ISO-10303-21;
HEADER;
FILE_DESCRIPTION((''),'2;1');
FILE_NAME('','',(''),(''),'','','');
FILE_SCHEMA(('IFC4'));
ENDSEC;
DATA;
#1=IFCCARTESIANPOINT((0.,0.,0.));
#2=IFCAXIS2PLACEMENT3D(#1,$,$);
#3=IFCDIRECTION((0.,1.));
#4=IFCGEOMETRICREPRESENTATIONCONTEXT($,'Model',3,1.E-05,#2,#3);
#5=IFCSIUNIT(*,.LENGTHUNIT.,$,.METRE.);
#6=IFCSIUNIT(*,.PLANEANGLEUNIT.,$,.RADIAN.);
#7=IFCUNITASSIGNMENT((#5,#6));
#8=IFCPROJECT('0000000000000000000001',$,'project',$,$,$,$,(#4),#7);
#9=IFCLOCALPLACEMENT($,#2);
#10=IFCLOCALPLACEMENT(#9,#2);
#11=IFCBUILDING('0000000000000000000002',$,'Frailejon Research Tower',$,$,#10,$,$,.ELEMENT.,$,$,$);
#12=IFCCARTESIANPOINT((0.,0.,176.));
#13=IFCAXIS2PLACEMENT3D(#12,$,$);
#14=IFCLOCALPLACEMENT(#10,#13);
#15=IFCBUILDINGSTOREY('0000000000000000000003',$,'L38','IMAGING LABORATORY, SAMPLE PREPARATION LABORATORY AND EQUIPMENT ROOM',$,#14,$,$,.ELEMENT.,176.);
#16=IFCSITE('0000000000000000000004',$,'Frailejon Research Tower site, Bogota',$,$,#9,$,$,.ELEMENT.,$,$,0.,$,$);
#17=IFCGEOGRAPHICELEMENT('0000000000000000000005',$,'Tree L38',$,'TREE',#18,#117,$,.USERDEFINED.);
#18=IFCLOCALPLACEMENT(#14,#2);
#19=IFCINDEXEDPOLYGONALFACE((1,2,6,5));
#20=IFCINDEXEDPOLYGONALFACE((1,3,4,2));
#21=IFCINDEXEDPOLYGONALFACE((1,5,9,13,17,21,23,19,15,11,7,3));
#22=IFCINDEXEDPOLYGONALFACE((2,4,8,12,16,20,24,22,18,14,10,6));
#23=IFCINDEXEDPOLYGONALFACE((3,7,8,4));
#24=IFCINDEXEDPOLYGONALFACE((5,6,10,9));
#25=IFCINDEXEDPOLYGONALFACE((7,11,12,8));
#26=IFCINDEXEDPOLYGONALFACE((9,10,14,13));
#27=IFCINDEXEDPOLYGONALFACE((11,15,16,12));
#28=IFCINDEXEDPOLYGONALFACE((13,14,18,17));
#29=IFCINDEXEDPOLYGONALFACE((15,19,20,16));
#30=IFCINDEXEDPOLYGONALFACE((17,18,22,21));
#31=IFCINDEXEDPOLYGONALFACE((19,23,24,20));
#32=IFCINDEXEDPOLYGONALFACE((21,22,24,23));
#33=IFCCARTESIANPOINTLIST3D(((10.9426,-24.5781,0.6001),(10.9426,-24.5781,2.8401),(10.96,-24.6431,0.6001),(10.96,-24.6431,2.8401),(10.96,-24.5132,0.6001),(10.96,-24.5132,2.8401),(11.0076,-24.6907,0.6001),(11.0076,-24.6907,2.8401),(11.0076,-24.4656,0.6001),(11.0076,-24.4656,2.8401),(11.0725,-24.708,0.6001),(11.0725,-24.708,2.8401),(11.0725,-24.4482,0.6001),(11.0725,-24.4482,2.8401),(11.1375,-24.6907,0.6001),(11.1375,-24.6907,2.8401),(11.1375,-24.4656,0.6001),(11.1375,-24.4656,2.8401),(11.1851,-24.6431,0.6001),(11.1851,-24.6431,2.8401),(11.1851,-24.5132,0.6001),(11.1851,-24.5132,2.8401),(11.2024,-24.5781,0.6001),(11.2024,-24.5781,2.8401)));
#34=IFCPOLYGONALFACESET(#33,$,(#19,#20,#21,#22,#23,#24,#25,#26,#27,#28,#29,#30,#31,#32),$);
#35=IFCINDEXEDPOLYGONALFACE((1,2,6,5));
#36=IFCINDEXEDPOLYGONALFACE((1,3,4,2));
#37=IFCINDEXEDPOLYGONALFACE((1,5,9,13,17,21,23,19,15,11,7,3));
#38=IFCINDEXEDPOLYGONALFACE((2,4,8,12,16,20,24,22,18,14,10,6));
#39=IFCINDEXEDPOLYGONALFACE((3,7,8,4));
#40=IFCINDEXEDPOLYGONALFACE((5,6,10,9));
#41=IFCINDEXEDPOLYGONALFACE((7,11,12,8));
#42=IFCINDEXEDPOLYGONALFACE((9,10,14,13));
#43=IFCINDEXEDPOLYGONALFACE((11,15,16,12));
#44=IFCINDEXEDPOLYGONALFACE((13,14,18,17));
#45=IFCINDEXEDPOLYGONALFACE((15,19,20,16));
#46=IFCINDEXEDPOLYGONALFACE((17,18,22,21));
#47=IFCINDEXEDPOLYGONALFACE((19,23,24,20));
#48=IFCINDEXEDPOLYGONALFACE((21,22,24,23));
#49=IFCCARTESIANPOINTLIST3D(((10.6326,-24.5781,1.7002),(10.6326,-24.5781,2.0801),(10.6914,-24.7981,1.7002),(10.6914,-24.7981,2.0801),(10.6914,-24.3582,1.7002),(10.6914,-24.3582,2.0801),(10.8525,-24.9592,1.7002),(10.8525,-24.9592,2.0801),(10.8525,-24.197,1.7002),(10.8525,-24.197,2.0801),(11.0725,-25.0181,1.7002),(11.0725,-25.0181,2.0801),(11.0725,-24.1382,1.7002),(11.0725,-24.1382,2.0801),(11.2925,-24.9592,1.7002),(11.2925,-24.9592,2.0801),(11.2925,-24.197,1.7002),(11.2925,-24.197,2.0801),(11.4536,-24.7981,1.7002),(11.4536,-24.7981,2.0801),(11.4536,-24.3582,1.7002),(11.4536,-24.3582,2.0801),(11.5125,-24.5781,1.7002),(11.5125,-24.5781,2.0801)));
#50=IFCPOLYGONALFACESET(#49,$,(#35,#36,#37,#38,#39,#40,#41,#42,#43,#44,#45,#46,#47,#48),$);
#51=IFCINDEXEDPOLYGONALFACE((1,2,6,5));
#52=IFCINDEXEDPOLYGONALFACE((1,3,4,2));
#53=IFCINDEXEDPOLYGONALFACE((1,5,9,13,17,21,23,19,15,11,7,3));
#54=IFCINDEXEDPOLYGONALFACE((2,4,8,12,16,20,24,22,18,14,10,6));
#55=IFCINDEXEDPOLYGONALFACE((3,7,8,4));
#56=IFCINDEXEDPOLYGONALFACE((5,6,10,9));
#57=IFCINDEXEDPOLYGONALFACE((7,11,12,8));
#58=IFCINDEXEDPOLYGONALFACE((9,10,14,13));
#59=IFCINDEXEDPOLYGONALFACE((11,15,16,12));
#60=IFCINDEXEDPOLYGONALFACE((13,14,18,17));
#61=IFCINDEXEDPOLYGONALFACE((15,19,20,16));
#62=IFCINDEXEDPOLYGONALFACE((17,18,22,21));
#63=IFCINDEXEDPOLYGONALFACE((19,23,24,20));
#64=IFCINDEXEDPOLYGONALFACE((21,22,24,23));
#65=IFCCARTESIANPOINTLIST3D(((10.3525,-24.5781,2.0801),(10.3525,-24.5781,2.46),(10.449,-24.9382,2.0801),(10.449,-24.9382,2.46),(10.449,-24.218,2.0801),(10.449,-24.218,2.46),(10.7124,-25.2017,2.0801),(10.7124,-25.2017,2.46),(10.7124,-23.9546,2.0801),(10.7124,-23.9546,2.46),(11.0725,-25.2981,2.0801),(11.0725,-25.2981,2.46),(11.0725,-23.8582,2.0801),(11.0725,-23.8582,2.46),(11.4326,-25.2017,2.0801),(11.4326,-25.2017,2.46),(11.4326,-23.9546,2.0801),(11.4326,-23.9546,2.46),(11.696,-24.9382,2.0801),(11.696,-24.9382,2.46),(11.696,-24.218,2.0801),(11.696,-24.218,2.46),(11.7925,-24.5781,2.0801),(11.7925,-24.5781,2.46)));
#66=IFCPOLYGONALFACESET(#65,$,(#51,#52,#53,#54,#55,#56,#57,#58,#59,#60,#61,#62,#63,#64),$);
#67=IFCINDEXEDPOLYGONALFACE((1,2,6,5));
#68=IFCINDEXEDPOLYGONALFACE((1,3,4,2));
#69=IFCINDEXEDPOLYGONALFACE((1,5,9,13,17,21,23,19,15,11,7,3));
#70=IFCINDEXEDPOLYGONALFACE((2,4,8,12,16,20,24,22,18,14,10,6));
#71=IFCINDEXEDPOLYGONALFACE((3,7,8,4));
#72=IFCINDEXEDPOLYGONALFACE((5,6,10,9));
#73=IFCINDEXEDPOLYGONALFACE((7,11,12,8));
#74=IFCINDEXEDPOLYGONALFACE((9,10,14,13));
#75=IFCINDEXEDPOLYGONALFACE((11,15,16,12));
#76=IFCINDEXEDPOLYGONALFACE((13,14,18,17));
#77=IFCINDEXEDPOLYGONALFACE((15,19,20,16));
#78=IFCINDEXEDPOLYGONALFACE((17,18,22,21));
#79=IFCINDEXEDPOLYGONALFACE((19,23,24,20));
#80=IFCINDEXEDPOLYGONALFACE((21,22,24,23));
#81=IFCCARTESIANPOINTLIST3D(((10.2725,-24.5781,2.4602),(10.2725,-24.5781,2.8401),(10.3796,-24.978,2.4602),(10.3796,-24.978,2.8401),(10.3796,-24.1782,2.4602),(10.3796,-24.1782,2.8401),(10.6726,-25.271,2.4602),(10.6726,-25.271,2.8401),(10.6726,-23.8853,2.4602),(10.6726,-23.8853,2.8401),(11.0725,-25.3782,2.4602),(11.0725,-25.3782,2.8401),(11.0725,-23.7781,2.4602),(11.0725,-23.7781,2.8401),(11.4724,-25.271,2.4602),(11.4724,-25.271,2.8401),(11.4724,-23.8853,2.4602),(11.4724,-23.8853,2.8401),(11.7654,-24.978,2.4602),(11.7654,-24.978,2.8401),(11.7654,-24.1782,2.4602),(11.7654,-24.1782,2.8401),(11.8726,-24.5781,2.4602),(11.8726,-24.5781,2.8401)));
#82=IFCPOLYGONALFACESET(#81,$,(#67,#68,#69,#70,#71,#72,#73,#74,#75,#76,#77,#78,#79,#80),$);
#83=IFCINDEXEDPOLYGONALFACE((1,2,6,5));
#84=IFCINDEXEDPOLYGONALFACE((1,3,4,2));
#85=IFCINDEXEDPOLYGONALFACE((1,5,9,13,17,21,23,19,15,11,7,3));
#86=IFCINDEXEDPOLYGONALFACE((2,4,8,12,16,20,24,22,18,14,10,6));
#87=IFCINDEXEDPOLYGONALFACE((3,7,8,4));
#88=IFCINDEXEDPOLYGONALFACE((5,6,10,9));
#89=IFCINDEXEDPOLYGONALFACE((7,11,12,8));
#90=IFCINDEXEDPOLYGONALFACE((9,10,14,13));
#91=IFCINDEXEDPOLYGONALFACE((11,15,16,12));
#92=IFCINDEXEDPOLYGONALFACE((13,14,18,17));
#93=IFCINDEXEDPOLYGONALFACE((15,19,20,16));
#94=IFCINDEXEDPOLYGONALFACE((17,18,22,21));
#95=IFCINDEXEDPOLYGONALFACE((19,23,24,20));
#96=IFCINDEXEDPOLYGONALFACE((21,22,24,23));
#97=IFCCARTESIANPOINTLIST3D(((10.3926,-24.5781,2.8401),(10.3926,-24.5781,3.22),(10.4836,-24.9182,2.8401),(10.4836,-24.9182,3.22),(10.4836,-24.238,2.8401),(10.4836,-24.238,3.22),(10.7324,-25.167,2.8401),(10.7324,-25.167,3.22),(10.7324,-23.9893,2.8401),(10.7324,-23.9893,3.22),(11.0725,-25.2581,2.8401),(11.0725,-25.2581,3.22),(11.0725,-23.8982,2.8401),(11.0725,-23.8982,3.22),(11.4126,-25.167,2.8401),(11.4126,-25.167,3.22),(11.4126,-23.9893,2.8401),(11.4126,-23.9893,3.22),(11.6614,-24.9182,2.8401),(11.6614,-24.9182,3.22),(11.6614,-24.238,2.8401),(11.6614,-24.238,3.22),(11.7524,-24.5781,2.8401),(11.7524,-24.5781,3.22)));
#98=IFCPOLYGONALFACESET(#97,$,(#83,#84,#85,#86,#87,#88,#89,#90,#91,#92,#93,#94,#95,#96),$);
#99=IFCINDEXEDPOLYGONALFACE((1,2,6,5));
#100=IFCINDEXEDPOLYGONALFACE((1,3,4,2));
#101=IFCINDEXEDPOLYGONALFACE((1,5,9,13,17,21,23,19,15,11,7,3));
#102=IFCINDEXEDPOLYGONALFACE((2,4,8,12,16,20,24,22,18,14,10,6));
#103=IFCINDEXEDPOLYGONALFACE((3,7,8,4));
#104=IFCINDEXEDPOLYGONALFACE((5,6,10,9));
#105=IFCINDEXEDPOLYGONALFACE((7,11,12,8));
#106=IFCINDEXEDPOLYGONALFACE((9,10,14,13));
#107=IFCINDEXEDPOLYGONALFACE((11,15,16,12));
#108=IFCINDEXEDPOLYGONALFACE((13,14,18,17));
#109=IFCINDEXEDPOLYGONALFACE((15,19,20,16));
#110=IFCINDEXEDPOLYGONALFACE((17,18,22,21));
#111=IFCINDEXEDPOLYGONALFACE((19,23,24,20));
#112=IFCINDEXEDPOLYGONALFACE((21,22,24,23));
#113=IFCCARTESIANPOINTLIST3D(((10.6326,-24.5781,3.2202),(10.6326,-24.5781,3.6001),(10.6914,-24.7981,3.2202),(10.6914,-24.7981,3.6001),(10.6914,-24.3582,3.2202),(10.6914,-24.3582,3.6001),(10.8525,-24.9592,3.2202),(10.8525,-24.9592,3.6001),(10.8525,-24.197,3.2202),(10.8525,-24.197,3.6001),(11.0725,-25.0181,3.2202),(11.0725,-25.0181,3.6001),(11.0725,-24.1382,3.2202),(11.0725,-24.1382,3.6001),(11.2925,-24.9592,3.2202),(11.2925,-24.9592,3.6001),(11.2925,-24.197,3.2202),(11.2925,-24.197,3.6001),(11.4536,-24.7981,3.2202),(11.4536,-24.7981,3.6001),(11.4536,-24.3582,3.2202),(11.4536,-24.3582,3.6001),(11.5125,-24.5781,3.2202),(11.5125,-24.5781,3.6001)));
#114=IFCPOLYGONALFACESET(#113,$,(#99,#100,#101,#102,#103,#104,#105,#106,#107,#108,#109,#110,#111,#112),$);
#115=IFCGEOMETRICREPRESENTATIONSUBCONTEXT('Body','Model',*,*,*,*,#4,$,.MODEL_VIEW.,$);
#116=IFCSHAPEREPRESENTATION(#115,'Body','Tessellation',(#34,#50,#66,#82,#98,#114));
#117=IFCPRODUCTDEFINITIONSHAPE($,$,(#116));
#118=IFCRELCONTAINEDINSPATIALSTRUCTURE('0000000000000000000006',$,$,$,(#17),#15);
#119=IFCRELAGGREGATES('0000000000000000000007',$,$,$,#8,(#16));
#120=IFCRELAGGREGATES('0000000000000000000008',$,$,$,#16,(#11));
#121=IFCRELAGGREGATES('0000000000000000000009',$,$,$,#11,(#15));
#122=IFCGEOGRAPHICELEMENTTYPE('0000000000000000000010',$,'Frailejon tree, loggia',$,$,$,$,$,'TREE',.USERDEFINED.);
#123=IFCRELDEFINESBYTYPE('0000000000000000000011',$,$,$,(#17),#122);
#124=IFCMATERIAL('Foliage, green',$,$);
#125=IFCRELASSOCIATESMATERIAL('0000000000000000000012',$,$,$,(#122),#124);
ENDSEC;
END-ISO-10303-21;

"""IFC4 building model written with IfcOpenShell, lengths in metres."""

from ifc_helpers import new_model, si_unit, direction, frame, origin, place, context, subcontext, project, spatial, polyline, outline, extrude, material, type_object, element, save


model = new_model("IFC4")

# Units and contexts
model_context = context("Model", 3, precision=1e-05, world=origin(), true_north=direction((0.0, 1.0)))
body_context = subcontext(model_context, "Body", "Model", "MODEL_VIEW")
ifc_project = project(units=[si_unit("LENGTHUNIT", "METRE"), si_unit("PLANEANGLEUNIT", "RADIAN")], contexts=[model_context])

# Site, building, storey
site_placement = place(None, origin())
site = spatial("IfcSite", under=ifc_project, at=site_placement, Name="Frailejon Research Tower site, Bogota", CompositionType="ELEMENT", RefElevation=0.0)
building_placement = place(site_placement, origin())
building = spatial("IfcBuilding", under=site, at=building_placement, Name="Frailejon Research Tower", CompositionType="ELEMENT")
storey_placement = place(building_placement, frame((0.0, 0.0, 176.0)))
storey = spatial("IfcBuildingStorey", under=building, at=storey_placement, Name="L38", Description="IMAGING LABORATORY, SAMPLE PREPARATION LABORATORY AND EQUIPMENT ROOM", CompositionType="ELEMENT", Elevation=176.0)

# Geographic element
ifc_material_1 = material(Name="Foliage, green")
geographic_element_type = type_object("IfcGeographicElementType", Name="Frailejon tree, loggia", ElementType="TREE", PredefinedType="USERDEFINED", material=ifc_material_1)
geographic_element_placement = place(storey_placement, frame((11.0725, -24.5781, 0.6001)))
element("IfcGeographicElement", 1, at=geographic_element_placement, inside=storey, type_object=geographic_element_type, Name="Tree L38", ObjectType="TREE", PredefinedType="USERDEFINED", context=body_context, shape_type="SweptSolid", body=[
    extrude(outline(polyline([(0.1299, 0.0), (0.1125, 0.0649), (0.0649, 0.1125), (0.0, 0.1299), (-0.0649, 0.1125), (-0.1125, 0.0649), (-0.1299, 0.0), (-0.1125, -0.0649), (-0.0649, -0.1125), (0.0, -0.1299), (0.0649, -0.1125), (0.1125, -0.0649), (0.1299, 0.0)])), origin(), (0.0, 0.0, 1.0), 2.24),
    extrude(outline(polyline([(0.4399, 0.0), (0.3811, 0.22), (0.22, 0.3811), (0.0, 0.4399), (-0.22, 0.3811), (-0.3811, 0.22), (-0.4399, 0.0), (-0.3811, -0.22), (-0.22, -0.3811), (0.0, -0.4399), (0.22, -0.3811), (0.3811, -0.22), (0.4399, 0.0)])), frame((0.0, 0.0, 1.1001)), (0.0, 0.0, 1.0), 0.3799),
    extrude(outline(polyline([(0.72, 0.0), (0.6235, 0.3601), (0.3601, 0.6235), (0.0, 0.72), (-0.3601, 0.6235), (-0.6235, 0.3601), (-0.72, 0.0), (-0.6235, -0.3601), (-0.3601, -0.6235), (0.0, -0.72), (0.3601, -0.6235), (0.6235, -0.3601), (0.72, 0.0)])), frame((0.0, 0.0, 1.48)), (0.0, 0.0, 1.0), 0.3799),
    extrude(outline(polyline([(0.8, 0.0), (0.6929, 0.3999), (0.3999, 0.6929), (0.0, 0.8), (-0.3999, 0.6929), (-0.6929, 0.3999), (-0.8, 0.0), (-0.6929, -0.3999), (-0.3999, -0.6929), (0.0, -0.8), (0.3999, -0.6929), (0.6929, -0.3999), (0.8, 0.0)])), frame((0.0, 0.0, 1.8601)), (0.0, 0.0, 1.0), 0.3799),
    extrude(outline(polyline([(0.6799, 0.0), (0.5889, 0.3401), (0.3401, 0.5889), (0.0, 0.6799), (-0.3401, 0.5889), (-0.5889, 0.3401), (-0.6799, 0.0), (-0.5889, -0.3401), (-0.3401, -0.5889), (0.0, -0.6799), (0.3401, -0.5889), (0.5889, -0.3401), (0.6799, 0.0)])), frame((0.0, 0.0, 2.24)), (0.0, 0.0, 1.0), 0.3799),
    extrude(outline(polyline([(0.4399, 0.0), (0.3811, 0.22), (0.22, 0.3811), (0.0, 0.4399), (-0.22, 0.3811), (-0.3811, 0.22), (-0.4399, 0.0), (-0.3811, -0.22), (-0.22, -0.3811), (0.0, -0.4399), (0.22, -0.3811), (0.3811, -0.22), (0.4399, 0.0)])), frame((0.0, 0.0, 2.6201)), (0.0, 0.0, 1.0), 0.3799),
])

save(model, "model.ifc")
